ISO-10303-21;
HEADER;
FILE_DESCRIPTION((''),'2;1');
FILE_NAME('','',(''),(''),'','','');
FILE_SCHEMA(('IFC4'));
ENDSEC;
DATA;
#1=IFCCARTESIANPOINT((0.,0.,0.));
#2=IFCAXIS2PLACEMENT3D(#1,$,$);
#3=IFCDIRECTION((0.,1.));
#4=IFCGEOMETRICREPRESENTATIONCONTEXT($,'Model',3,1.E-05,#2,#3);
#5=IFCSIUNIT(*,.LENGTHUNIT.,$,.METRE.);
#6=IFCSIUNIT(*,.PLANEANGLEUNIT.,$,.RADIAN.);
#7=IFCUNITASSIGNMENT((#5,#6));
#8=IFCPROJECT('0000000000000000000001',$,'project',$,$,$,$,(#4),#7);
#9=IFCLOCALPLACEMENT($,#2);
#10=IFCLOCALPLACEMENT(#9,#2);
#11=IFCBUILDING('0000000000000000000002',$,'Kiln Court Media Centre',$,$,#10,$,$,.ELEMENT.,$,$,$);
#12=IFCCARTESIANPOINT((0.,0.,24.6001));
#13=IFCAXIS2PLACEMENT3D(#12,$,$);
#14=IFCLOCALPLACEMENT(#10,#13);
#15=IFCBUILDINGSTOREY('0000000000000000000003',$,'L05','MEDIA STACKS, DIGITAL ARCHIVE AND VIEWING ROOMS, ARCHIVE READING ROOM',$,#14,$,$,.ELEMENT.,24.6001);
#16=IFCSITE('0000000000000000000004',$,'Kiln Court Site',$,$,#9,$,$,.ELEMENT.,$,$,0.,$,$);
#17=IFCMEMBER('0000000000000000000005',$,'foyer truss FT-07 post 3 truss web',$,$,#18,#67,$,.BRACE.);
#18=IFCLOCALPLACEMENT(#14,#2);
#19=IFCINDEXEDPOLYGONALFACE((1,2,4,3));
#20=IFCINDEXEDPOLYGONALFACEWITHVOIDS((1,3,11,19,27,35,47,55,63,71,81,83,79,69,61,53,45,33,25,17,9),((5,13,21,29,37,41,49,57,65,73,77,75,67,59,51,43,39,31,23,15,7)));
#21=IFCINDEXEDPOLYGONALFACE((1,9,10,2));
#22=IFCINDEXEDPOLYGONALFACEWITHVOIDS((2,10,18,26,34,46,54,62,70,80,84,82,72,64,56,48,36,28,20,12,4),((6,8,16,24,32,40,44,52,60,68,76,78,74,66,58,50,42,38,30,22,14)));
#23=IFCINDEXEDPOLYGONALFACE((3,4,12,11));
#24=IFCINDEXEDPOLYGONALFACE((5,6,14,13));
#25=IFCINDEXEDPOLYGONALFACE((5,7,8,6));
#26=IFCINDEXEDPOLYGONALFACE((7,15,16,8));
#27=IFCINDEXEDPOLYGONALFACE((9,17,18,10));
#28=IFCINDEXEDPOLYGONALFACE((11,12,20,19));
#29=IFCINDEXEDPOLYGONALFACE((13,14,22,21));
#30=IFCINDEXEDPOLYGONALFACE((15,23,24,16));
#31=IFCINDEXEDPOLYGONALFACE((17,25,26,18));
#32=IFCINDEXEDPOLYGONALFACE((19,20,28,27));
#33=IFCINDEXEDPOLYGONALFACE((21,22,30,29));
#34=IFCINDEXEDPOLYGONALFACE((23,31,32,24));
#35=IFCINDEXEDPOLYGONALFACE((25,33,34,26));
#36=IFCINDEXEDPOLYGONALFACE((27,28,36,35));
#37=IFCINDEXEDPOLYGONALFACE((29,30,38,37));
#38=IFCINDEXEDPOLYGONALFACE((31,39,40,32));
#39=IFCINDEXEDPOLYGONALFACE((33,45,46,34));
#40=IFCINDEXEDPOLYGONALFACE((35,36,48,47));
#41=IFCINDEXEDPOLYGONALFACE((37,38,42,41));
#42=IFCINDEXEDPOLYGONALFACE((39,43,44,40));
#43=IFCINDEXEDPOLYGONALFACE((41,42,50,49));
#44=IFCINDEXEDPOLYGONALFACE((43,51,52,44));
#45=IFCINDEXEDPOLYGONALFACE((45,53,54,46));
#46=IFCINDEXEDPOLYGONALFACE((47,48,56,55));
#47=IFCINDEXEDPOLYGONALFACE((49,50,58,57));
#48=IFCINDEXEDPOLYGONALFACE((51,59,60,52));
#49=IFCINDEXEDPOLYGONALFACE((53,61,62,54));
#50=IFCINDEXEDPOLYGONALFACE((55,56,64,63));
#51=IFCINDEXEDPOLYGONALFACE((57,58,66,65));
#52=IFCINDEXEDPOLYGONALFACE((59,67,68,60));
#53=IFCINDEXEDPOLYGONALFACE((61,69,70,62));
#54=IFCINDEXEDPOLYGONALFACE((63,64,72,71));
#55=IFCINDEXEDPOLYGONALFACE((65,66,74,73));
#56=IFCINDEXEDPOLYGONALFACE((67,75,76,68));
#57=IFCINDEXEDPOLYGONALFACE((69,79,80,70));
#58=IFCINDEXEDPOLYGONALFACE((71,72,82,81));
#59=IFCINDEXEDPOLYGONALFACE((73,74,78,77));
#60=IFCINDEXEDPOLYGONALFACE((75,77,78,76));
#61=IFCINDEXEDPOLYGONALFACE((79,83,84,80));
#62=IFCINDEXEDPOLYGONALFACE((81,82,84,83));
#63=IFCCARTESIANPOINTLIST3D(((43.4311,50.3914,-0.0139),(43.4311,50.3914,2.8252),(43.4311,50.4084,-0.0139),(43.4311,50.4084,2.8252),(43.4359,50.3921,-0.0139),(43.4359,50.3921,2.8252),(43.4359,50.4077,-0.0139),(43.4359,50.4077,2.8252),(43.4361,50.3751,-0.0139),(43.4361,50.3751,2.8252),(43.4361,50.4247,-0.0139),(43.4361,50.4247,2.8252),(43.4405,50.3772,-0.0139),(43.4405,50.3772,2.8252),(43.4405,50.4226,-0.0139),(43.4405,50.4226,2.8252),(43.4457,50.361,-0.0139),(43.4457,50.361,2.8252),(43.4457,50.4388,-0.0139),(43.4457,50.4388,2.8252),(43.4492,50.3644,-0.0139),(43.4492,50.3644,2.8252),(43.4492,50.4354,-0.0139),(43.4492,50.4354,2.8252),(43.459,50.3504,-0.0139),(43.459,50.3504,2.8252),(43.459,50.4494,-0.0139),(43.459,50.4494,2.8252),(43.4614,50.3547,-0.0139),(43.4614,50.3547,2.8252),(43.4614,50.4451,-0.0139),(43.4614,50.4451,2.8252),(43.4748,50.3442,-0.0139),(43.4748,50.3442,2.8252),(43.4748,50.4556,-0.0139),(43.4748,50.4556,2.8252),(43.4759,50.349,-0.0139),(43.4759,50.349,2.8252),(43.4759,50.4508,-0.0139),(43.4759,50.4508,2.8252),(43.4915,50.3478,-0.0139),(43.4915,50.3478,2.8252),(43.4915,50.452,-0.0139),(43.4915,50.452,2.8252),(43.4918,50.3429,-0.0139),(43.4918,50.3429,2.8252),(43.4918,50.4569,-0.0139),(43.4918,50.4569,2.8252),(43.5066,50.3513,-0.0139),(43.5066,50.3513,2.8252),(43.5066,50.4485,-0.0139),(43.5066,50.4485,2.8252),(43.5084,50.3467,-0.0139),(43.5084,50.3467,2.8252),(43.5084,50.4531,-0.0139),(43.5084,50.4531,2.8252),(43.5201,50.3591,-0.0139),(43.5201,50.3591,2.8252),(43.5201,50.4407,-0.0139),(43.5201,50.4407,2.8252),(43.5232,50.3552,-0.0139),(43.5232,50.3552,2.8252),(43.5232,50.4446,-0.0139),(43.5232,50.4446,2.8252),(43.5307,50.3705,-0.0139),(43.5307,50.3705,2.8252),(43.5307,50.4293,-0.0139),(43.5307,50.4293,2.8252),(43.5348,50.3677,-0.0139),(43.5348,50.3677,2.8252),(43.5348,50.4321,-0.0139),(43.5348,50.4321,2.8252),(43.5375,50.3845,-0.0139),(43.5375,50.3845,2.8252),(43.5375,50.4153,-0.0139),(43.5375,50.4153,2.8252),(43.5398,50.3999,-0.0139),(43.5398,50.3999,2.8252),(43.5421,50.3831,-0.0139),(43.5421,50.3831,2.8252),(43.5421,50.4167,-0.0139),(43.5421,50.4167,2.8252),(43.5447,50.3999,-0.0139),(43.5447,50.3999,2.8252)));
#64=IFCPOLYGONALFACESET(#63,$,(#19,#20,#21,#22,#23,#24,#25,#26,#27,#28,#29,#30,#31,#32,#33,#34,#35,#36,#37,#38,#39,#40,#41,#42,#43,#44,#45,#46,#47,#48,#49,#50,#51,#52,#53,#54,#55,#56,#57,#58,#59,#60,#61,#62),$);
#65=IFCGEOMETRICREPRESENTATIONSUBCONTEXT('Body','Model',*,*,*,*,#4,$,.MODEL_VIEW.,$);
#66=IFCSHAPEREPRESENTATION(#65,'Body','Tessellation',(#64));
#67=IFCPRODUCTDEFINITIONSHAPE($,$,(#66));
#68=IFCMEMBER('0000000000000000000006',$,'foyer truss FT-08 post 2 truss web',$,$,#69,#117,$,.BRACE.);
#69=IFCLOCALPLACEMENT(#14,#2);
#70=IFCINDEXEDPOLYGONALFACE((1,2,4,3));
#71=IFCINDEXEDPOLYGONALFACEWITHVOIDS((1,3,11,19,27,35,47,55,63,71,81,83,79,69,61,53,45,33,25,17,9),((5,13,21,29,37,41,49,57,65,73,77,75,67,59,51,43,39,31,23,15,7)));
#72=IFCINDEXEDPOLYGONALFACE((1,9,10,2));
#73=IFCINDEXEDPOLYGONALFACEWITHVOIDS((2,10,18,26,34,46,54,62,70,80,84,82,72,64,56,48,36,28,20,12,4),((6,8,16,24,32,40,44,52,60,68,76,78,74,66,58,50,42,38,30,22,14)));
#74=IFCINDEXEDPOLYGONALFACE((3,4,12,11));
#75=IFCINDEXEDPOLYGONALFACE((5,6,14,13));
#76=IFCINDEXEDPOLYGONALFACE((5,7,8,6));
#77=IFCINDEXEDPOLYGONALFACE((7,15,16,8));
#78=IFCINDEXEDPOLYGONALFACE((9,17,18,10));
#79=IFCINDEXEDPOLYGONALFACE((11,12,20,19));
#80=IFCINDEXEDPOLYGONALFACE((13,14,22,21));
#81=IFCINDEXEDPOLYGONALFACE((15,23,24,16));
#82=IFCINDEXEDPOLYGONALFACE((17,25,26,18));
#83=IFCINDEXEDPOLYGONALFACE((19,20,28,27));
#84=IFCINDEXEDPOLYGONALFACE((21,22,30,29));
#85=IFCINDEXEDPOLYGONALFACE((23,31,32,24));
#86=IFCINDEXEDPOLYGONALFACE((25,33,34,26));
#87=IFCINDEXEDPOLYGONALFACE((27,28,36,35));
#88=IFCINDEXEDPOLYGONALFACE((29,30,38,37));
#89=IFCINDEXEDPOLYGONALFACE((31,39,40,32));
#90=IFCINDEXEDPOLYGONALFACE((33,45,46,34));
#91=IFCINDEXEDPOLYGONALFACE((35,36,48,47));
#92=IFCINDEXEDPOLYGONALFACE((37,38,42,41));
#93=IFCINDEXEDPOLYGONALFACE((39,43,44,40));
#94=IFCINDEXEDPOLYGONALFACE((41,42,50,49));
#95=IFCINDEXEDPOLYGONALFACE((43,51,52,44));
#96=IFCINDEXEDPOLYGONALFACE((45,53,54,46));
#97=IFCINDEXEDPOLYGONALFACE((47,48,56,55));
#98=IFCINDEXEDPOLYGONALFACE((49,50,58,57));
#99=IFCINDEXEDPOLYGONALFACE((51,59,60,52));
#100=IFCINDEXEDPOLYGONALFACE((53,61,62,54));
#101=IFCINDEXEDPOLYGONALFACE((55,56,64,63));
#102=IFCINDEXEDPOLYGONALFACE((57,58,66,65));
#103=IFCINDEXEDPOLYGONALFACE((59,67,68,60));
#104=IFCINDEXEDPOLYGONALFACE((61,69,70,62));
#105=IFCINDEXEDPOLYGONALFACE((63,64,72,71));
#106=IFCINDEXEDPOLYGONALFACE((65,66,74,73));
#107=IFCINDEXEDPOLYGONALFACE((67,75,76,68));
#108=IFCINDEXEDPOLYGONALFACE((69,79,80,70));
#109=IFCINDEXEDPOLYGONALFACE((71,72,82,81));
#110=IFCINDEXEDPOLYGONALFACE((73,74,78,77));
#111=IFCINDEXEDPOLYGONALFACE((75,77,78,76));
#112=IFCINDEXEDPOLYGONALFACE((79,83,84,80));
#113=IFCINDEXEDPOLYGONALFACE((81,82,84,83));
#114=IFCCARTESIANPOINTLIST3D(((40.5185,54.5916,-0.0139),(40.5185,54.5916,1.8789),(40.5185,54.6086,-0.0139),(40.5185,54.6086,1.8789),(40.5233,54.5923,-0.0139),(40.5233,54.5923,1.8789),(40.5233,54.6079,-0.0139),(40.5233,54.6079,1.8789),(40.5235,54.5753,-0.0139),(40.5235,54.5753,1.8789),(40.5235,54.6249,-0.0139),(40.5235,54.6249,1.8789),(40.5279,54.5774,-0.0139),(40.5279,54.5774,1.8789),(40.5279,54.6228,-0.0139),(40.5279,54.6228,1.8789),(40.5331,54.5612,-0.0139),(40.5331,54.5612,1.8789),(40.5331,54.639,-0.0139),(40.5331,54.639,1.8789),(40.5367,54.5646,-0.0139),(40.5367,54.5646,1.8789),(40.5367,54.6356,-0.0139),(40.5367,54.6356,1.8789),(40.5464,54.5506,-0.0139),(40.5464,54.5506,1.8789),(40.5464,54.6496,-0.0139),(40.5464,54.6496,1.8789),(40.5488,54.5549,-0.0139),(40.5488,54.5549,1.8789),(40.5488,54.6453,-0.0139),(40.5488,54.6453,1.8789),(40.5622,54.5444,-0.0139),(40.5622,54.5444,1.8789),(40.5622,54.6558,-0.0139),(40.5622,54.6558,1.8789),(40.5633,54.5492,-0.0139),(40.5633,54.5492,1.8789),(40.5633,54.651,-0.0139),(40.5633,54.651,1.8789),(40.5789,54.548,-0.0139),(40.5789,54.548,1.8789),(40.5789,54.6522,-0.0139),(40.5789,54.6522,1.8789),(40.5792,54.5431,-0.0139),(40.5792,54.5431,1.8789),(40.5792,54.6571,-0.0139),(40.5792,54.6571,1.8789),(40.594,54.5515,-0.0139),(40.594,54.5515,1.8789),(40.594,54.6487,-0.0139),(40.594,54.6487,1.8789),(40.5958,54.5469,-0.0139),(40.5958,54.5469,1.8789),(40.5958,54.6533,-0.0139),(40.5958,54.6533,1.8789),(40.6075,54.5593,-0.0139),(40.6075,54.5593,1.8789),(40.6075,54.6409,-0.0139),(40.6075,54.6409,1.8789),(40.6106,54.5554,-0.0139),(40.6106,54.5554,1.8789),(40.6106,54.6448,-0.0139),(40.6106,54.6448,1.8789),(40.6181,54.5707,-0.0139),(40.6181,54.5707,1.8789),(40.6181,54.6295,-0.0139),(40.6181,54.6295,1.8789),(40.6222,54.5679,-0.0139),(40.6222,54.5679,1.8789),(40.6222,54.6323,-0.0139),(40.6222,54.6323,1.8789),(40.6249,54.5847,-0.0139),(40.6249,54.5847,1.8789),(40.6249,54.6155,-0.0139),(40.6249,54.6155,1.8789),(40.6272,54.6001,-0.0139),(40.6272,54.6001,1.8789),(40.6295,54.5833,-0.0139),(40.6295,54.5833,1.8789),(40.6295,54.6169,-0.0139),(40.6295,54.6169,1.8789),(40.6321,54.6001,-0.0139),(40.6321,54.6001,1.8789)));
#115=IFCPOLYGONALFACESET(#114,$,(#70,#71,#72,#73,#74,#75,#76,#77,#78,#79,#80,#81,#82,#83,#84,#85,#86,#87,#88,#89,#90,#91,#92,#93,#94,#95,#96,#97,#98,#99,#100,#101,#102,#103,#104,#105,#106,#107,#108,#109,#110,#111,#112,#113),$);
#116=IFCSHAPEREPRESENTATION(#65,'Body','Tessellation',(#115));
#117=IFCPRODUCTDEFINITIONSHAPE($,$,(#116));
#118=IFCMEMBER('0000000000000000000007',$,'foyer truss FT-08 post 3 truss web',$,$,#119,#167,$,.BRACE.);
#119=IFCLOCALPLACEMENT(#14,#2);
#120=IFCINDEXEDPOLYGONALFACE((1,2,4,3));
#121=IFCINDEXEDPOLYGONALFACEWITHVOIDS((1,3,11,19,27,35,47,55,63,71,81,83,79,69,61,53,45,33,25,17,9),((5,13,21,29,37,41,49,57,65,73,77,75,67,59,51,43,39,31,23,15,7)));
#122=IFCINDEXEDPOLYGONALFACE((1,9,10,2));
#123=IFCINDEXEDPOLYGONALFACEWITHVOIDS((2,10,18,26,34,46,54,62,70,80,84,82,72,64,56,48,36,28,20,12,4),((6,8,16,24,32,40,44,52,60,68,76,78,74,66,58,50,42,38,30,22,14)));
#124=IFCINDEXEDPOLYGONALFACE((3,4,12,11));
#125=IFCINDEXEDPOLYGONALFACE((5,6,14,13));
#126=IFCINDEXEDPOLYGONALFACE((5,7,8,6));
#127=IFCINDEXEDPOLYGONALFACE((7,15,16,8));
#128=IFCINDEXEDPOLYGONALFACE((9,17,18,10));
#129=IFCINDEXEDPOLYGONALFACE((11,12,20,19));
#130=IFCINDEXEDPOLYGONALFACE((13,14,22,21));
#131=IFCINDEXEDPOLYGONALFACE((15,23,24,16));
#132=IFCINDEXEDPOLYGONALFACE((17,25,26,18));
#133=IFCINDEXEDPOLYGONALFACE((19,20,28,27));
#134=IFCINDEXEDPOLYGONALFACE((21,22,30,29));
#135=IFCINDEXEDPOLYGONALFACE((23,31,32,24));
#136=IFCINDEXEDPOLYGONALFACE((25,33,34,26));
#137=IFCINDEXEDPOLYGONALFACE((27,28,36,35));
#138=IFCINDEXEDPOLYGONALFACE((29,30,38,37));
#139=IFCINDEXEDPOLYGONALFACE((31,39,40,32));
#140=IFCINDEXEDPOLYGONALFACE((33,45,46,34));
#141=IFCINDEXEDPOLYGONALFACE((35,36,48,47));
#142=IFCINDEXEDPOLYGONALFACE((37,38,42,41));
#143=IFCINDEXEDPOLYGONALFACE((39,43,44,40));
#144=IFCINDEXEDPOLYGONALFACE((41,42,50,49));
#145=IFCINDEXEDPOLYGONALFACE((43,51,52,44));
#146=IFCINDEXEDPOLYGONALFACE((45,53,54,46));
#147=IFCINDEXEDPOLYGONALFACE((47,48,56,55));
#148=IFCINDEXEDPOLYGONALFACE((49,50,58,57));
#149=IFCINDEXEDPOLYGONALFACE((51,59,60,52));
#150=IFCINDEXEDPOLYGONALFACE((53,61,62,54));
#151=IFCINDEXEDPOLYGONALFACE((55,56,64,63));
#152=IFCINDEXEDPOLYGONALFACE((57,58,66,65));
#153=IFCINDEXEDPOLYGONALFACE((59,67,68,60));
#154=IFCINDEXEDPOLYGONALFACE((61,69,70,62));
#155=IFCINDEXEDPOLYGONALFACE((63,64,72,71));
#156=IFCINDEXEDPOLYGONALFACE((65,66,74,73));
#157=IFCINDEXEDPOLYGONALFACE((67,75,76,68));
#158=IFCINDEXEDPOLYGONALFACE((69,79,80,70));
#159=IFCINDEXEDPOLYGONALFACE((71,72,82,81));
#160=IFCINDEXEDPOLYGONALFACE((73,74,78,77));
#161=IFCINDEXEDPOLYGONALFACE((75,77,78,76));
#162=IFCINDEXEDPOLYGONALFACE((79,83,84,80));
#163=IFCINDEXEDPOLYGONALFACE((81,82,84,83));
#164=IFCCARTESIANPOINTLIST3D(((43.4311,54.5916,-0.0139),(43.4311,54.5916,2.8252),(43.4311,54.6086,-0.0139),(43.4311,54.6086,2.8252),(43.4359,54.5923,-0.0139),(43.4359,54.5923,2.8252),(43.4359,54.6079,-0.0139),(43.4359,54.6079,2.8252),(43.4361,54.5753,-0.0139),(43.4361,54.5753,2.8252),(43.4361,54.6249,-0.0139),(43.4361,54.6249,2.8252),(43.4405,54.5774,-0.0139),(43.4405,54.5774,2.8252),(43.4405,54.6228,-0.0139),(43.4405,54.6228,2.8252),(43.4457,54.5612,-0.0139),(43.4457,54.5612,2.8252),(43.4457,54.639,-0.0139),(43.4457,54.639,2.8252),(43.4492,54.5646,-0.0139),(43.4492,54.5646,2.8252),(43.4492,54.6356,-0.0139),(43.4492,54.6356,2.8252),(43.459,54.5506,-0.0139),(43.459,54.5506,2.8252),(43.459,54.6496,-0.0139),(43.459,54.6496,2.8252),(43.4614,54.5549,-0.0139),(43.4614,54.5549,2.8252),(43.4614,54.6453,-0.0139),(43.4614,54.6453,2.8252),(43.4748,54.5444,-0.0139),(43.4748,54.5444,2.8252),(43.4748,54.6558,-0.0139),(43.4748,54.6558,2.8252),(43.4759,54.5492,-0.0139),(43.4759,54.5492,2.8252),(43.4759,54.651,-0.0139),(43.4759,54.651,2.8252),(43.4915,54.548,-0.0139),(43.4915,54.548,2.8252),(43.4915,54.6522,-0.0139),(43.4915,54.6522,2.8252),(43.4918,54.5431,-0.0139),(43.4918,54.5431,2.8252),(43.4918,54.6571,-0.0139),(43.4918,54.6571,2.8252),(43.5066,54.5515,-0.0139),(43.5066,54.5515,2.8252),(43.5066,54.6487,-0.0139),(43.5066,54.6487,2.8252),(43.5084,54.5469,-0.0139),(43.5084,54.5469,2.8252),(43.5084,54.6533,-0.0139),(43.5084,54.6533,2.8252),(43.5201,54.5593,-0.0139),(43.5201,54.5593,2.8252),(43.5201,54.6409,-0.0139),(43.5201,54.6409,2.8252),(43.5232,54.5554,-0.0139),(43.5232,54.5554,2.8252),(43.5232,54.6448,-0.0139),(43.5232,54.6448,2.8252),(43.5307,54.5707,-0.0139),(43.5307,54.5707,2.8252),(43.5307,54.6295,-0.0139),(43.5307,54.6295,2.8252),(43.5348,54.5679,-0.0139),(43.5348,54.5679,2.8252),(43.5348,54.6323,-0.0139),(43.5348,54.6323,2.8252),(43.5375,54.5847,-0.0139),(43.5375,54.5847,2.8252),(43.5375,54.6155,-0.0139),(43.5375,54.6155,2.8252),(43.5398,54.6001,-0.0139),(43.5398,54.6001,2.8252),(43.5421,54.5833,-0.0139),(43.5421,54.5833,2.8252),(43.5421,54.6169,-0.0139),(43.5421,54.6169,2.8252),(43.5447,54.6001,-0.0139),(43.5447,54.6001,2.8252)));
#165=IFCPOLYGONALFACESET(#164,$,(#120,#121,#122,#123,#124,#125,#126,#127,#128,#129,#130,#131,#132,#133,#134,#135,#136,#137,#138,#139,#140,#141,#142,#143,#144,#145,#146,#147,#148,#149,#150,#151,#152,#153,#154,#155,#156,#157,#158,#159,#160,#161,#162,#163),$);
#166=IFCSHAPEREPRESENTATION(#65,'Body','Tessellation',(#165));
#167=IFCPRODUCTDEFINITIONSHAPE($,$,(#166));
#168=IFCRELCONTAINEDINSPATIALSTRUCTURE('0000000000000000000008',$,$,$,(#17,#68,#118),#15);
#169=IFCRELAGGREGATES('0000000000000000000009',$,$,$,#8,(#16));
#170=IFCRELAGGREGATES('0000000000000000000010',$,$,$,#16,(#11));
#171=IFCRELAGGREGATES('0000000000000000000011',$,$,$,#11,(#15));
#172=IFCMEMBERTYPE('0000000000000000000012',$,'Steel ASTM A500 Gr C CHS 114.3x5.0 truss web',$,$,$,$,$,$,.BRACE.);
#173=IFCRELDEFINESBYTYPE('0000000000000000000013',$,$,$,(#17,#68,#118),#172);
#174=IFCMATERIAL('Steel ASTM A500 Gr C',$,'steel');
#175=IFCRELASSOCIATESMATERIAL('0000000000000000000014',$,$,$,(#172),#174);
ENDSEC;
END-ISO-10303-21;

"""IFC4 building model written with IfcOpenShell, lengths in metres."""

from ifc_helpers import new_model, si_unit, direction, frame, origin, origin_2d, place, context, subcontext, project, spatial, hollow_circle, extrude, material, material_profile, profile_set, type_object, element, save


model = new_model("IFC4")

# Units and contexts
model_context = context("Model", 3, precision=1e-05, world=origin(), true_north=direction((0.0, 1.0)))
body_context = subcontext(model_context, "Body", "Model", "MODEL_VIEW")
ifc_project = project(units=[si_unit("LENGTHUNIT", "METRE"), si_unit("PLANEANGLEUNIT", "RADIAN")], contexts=[model_context])

# Site, building, storey
site_placement = place(None, origin())
site = spatial("IfcSite", under=ifc_project, at=site_placement, Name="Kiln Court Site", CompositionType="ELEMENT", RefElevation=0.0)
building_placement = place(site_placement, origin())
building = spatial("IfcBuilding", under=site, at=building_placement, Name="Kiln Court Media Centre", CompositionType="ELEMENT")
storey_placement = place(building_placement, frame((0.0, 0.0, 24.6001)))
storey = spatial("IfcBuildingStorey", under=building, at=storey_placement, Name="L05", Description="MEDIA STACKS, DIGITAL ARCHIVE AND VIEWING ROOMS, ARCHIVE READING ROOM", CompositionType="ELEMENT", Elevation=24.6001)

# Members
ifc_material_1 = material(Name="Steel ASTM A500 Gr C", Category="steel")
ifc_material_profile_1 = material_profile(ifc_material_1, hollow_circle(Radius=0.0571, WallThickness=0.0049, at=origin_2d()), Name="CHS 114.3x5.0")
ifc_profile_set_1 = profile_set([ifc_material_profile_1], Name="Steel ASTM A500 Gr C")
member_type_1 = type_object("IfcMemberType", Name="Steel ASTM A500 Gr C CHS 114.3x5.0 truss web", PredefinedType="BRACE", material=ifc_profile_set_1)
member_1_placement = place(storey_placement, frame((43.4875, 50.3999, -0.0139), z_axis=(0.0, 0.0, 1.0), x_axis=(1.0, 0.0, 0.0)))
element("IfcMember", 1, at=member_1_placement, inside=storey, type_object=member_type_1, Name="foyer truss FT-07 post 3 truss web", PredefinedType="BRACE", context=body_context, shape_type="SweptSolid", body=[
    extrude(hollow_circle(Radius=0.0571, WallThickness=0.0049, at=origin_2d()), origin(), (0.0, 0.0, 1.0), 2.8391),
])
member_2_placement = place(storey_placement, frame((40.575, 54.6001, -0.0139), z_axis=(0.0, 0.0, 1.0), x_axis=(1.0, 0.0, 0.0)))
element("IfcMember", 2, at=member_2_placement, inside=storey, type_object=member_type_1, Name="foyer truss FT-08 post 2 truss web", PredefinedType="BRACE", context=body_context, shape_type="SweptSolid", body=[
    extrude(hollow_circle(Radius=0.0571, WallThickness=0.0049, at=origin_2d()), origin(), (0.0, 0.0, 1.0), 1.8928),
])
member_3_placement = place(storey_placement, frame((43.4875, 54.6001, -0.0139), z_axis=(0.0, 0.0, 1.0), x_axis=(1.0, 0.0, 0.0)))
element("IfcMember", 3, at=member_3_placement, inside=storey, type_object=member_type_1, Name="foyer truss FT-08 post 3 truss web", PredefinedType="BRACE", context=body_context, shape_type="SweptSolid", body=[
    extrude(hollow_circle(Radius=0.0571, WallThickness=0.0049, at=origin_2d()), origin(), (0.0, 0.0, 1.0), 2.8391),
])

save(model, "model.ifc")
